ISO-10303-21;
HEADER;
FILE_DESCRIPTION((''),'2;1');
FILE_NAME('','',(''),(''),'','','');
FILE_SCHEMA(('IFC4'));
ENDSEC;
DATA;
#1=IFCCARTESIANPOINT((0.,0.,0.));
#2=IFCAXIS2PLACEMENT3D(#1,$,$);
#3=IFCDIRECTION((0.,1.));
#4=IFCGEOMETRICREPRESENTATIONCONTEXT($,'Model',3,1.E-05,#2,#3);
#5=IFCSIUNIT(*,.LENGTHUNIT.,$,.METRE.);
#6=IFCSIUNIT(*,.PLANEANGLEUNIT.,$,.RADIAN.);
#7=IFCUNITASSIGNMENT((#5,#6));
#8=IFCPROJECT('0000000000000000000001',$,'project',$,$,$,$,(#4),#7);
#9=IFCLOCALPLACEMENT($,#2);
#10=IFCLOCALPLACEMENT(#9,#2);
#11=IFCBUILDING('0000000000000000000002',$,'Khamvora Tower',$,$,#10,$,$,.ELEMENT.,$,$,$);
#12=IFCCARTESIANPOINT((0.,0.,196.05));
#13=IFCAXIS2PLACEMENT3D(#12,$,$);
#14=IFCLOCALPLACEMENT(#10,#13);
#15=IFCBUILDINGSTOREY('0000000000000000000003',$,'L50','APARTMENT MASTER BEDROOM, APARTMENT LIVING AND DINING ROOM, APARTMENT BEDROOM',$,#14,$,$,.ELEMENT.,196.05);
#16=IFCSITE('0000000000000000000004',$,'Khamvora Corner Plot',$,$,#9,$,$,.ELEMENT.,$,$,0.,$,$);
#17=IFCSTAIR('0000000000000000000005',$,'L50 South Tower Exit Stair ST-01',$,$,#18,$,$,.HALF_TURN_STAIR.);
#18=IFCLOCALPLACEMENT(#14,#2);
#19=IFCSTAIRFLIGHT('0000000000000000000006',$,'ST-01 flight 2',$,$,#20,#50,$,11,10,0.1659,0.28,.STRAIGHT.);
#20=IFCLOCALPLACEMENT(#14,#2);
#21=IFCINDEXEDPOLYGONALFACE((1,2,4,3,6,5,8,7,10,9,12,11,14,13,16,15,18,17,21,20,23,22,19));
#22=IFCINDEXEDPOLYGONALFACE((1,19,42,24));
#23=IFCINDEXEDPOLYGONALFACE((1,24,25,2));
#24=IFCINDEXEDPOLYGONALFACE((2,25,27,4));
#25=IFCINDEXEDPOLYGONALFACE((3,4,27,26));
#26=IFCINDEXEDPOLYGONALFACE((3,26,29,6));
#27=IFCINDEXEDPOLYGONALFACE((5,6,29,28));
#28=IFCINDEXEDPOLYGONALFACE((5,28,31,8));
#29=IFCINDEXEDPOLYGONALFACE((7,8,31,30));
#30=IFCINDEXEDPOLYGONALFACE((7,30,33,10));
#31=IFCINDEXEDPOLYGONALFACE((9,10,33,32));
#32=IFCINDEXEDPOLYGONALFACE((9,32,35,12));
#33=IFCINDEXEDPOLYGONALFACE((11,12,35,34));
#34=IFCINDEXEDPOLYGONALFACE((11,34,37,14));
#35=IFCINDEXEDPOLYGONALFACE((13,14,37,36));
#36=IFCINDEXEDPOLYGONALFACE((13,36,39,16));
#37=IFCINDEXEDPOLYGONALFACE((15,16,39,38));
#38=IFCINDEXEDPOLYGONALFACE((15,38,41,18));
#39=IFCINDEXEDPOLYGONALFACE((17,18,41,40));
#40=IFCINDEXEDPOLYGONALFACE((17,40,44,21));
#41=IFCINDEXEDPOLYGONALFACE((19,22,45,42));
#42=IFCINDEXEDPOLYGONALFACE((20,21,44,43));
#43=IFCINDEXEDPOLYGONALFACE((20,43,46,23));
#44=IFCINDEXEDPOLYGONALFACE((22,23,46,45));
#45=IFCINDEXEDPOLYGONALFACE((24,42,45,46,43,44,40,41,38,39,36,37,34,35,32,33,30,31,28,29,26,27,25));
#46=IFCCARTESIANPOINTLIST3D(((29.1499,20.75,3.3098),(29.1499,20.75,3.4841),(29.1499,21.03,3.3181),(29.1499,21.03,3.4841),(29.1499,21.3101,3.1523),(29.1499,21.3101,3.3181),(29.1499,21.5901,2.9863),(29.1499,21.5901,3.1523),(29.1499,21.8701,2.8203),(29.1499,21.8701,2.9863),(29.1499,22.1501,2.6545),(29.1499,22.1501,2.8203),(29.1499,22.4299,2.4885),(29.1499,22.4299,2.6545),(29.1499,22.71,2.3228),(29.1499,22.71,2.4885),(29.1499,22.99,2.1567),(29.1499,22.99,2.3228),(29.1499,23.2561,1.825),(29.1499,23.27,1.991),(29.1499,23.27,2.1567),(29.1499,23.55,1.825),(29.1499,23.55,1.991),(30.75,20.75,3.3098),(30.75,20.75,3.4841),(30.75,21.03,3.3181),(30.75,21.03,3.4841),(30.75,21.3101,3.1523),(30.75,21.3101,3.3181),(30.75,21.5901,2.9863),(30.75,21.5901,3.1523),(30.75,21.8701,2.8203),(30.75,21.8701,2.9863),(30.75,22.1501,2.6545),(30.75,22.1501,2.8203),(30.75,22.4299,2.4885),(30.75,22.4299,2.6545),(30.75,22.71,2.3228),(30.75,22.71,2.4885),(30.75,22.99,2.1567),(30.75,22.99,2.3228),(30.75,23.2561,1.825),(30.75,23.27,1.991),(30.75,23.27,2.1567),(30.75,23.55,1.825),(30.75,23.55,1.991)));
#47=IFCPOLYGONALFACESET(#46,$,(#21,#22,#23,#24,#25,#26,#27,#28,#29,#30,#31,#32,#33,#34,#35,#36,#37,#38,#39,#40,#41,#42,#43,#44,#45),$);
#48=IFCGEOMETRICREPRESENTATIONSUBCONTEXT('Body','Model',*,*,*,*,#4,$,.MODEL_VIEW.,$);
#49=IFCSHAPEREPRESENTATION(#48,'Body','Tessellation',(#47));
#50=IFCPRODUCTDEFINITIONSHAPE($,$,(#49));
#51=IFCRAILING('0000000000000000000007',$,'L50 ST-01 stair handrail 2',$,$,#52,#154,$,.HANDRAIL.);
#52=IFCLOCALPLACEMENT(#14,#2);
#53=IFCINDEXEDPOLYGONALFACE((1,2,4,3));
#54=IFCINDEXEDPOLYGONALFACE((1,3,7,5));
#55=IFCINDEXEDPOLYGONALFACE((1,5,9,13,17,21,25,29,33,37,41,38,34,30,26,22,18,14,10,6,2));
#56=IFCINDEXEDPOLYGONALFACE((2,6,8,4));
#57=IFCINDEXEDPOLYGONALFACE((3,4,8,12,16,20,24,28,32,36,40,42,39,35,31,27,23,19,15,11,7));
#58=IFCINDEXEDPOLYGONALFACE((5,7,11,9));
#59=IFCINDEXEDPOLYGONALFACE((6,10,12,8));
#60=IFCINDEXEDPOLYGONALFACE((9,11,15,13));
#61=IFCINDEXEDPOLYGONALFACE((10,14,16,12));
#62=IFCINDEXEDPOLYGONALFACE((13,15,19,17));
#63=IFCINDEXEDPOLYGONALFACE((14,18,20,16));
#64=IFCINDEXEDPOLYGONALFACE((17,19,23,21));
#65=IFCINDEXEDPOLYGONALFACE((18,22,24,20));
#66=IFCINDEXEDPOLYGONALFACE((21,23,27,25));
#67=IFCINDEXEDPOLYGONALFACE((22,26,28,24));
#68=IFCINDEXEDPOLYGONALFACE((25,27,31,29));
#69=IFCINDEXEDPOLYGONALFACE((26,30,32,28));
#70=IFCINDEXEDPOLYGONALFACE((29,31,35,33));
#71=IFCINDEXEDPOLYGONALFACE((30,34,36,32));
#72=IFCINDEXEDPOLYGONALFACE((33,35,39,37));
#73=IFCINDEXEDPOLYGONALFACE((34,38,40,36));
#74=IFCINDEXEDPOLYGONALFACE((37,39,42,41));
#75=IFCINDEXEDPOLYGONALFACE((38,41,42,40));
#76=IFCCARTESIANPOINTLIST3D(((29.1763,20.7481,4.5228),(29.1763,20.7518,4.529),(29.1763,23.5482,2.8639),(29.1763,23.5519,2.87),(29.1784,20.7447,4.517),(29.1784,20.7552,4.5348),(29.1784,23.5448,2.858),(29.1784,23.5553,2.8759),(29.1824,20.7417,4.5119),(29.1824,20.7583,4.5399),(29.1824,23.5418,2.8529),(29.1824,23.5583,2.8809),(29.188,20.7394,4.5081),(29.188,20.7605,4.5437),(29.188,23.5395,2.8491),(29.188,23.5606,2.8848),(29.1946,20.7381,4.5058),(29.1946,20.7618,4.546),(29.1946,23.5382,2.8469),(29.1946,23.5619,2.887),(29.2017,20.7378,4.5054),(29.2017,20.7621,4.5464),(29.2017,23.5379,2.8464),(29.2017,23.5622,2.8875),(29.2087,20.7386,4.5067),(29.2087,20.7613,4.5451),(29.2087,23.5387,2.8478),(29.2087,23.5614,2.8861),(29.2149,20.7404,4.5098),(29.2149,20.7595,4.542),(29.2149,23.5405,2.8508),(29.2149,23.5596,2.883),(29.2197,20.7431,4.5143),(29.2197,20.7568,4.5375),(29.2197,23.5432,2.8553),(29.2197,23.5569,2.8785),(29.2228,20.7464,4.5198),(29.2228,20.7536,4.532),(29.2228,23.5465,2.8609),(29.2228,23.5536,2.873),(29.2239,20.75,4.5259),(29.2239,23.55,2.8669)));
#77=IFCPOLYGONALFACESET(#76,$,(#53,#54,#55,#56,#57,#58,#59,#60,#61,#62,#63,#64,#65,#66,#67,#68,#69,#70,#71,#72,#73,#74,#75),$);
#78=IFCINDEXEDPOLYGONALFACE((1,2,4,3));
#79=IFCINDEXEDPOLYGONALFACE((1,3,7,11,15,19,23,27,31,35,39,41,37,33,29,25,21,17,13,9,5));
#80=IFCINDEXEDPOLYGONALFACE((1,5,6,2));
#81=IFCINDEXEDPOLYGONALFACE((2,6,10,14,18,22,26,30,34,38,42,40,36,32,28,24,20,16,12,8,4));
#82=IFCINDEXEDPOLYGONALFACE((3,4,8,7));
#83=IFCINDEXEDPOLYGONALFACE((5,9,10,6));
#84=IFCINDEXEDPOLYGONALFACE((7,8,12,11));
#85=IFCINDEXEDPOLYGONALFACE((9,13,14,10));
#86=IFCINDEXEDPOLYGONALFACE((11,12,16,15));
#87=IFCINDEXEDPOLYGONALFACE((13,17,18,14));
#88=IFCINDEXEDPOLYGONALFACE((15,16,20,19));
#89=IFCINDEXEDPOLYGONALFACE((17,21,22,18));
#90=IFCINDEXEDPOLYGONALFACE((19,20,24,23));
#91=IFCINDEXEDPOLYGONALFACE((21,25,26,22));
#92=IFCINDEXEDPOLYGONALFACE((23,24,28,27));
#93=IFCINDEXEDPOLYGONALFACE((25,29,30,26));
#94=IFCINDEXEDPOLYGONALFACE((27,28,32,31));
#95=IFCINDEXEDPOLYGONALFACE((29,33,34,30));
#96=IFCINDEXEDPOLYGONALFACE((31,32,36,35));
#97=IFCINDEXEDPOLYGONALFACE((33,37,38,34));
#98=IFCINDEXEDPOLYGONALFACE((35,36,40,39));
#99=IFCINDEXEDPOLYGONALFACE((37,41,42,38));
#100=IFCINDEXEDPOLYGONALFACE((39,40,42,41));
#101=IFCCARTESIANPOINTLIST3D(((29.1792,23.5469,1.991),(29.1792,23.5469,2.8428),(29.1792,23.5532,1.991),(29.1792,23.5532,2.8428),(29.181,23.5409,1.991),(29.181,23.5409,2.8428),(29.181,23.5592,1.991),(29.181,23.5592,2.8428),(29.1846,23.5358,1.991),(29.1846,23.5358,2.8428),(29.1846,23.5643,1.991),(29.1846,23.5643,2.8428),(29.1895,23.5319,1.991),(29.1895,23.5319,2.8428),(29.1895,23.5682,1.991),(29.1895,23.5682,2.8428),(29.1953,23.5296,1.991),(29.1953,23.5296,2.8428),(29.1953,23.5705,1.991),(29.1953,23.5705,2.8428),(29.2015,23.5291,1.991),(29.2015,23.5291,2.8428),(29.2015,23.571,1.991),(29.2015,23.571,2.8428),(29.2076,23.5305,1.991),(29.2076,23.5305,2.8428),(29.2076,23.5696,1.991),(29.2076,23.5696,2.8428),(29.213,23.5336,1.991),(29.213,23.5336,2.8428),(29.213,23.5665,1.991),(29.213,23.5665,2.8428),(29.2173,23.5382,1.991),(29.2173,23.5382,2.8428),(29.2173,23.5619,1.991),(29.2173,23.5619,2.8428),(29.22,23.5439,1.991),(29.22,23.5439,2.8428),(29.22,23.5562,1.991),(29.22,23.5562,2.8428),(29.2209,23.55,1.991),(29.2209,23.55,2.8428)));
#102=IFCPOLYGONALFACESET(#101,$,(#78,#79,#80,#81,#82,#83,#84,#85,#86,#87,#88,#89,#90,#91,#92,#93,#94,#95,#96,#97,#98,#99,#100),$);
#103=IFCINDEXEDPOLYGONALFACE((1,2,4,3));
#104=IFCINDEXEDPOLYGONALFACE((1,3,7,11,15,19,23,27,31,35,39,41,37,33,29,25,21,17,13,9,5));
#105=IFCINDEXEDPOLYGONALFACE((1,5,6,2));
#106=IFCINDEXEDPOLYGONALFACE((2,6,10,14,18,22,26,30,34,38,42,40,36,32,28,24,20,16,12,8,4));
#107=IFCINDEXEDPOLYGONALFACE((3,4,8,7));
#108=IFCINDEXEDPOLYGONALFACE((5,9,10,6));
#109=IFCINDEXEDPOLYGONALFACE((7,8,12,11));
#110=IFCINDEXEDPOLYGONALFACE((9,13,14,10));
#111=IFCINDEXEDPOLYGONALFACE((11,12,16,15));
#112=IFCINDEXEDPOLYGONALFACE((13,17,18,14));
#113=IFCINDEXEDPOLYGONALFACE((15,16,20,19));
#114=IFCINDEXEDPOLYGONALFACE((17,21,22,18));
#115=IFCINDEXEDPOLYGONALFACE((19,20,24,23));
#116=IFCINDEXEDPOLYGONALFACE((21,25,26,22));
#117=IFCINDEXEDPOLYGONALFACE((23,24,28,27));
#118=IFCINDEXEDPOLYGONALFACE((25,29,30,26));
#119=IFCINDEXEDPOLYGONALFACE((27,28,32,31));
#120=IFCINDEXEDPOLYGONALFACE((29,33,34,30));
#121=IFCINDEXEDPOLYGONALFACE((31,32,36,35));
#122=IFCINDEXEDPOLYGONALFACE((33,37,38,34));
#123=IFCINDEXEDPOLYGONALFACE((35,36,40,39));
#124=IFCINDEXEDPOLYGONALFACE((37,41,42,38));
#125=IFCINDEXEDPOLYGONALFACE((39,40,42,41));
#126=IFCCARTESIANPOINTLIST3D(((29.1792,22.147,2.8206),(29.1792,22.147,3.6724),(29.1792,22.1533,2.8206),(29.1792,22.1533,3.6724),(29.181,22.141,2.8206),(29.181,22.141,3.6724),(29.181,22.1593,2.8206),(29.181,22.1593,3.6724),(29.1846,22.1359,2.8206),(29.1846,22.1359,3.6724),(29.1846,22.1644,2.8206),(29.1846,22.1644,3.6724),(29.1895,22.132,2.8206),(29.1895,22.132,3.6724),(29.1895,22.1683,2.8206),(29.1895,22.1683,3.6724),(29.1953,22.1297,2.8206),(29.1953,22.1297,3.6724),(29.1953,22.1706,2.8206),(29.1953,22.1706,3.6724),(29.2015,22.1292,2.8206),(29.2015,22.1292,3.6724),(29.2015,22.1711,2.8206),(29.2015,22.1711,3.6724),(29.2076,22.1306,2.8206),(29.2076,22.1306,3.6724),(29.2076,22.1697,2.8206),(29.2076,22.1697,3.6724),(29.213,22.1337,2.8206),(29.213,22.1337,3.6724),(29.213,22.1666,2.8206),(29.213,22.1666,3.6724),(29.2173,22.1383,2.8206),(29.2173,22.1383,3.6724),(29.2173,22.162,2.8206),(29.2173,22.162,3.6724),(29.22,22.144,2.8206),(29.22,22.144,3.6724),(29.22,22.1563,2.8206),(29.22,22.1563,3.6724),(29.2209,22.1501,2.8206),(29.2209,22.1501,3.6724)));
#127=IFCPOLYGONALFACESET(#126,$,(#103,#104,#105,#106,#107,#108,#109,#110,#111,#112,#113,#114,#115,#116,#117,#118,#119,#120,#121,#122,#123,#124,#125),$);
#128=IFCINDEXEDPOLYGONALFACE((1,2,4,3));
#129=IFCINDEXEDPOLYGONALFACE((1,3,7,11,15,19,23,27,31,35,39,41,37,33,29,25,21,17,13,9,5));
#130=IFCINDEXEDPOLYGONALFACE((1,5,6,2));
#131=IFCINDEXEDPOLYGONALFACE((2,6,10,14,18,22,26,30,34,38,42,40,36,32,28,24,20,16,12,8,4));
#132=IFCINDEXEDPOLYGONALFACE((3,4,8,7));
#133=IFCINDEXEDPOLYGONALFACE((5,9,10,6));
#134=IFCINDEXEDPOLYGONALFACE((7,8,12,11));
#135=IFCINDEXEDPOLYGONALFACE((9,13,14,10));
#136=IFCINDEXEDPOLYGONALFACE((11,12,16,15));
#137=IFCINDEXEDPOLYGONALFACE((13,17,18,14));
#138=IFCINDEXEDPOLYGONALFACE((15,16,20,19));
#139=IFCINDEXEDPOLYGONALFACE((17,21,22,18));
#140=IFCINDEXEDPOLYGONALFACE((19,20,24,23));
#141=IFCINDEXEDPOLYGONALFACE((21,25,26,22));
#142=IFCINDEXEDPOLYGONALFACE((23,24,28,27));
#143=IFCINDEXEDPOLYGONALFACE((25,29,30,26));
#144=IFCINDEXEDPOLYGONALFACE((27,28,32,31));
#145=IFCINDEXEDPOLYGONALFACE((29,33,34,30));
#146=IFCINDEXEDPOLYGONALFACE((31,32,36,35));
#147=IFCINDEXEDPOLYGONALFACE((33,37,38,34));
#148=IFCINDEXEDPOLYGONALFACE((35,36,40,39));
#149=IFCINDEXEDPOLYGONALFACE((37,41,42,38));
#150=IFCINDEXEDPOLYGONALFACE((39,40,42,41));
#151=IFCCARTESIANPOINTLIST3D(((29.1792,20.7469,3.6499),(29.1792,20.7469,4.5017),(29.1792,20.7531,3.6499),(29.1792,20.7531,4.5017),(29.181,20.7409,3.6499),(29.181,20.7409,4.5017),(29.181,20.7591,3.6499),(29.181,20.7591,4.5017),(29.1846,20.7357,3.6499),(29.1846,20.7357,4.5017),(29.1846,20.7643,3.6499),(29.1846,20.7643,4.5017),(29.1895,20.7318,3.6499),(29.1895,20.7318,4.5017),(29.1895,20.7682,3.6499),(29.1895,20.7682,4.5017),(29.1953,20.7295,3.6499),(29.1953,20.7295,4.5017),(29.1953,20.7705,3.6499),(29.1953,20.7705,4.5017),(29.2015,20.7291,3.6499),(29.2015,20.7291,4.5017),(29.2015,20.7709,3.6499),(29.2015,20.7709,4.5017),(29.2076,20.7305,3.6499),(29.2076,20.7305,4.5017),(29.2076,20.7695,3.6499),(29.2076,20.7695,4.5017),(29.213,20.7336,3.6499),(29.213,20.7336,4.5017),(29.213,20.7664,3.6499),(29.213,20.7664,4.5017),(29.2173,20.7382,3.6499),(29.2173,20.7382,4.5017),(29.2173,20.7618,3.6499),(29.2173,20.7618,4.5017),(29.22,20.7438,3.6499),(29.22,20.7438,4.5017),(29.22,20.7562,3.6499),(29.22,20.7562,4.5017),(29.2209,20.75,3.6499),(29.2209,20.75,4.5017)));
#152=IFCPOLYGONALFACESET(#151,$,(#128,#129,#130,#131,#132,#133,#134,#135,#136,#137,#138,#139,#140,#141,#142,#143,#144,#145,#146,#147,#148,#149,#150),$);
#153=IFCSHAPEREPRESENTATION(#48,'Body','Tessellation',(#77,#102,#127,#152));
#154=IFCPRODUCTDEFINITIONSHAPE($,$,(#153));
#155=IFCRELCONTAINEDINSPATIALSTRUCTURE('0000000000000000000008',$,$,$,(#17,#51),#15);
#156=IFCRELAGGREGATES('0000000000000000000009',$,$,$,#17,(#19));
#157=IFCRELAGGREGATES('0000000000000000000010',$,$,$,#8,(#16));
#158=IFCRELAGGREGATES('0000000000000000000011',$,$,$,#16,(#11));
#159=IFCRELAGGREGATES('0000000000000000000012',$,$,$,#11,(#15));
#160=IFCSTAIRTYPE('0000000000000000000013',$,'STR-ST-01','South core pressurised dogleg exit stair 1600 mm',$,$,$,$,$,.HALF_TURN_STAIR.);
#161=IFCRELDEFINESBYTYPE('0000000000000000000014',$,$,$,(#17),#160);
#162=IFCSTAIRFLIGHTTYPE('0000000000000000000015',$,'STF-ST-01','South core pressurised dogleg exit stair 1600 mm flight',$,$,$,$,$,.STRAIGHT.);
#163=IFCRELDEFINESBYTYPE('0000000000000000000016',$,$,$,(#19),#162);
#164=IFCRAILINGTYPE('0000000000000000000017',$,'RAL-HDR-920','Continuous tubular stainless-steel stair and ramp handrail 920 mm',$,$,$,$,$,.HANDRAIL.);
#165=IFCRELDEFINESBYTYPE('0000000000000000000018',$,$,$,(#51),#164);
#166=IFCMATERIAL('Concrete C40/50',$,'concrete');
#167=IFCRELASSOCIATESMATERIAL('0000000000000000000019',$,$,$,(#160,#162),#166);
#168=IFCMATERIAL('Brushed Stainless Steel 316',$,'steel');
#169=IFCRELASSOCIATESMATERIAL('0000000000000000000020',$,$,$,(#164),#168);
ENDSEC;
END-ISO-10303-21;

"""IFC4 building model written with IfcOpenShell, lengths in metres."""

from ifc_helpers import new_model, si_unit, direction, frame, origin, origin_2d, place, context, subcontext, project, spatial, polyline, circle, outline, extrude, material, type_object, element, aggregate, save


model = new_model("IFC4")

# Units and contexts
model_context = context("Model", 3, precision=1e-05, world=origin(), true_north=direction((0.0, 1.0)))
body_context = subcontext(model_context, "Body", "Model", "MODEL_VIEW")
ifc_project = project(units=[si_unit("LENGTHUNIT", "METRE"), si_unit("PLANEANGLEUNIT", "RADIAN")], contexts=[model_context])

# Site, building, storey
site_placement = place(None, origin())
site = spatial("IfcSite", under=ifc_project, at=site_placement, Name="Khamvora Corner Plot", CompositionType="ELEMENT", RefElevation=0.0)
building_placement = place(site_placement, origin())
building = spatial("IfcBuilding", under=site, at=building_placement, Name="Khamvora Tower", CompositionType="ELEMENT")
storey_placement = place(building_placement, frame((0.0, 0.0, 196.05)))
storey = spatial("IfcBuildingStorey", under=building, at=storey_placement, Name="L50", Description="APARTMENT MASTER BEDROOM, APARTMENT LIVING AND DINING ROOM, APARTMENT BEDROOM", CompositionType="ELEMENT", Elevation=196.05)

# Stair, stair flight
ifc_material_1 = material(Name="Concrete C40/50", Category="concrete")
stair_type = type_object("IfcStairType", Name="STR-ST-01", Description="South core pressurised dogleg exit stair 1600 mm", PredefinedType="HALF_TURN_STAIR", material=ifc_material_1)
stair_placement = place(storey_placement, origin())
stair = element("IfcStair", 1, at=stair_placement, inside=storey, type_object=stair_type, Name="L50 South Tower Exit Stair ST-01", PredefinedType="HALF_TURN_STAIR")
stair_flight_type = type_object("IfcStairFlightType", Name="STF-ST-01", Description="South core pressurised dogleg exit stair 1600 mm flight", PredefinedType="STRAIGHT", material=ifc_material_1)
stair_flight_placement = place(storey_placement, frame((29.95, 23.55, 1.825), z_axis=(0.0, 0.0, 1.0), x_axis=(0.0, -1.0, 0.0)))
stair_flight = element("IfcStairFlight", 2, at=stair_flight_placement, type_object=stair_flight_type, Name="ST-01 flight 2", NumberOfRisers=11, NumberOfTreads=10, PredefinedType="STRAIGHT", RiserHeight=0.1659, TreadLength=0.28, context=body_context, shape_type="SweptSolid", body=[
    extrude(outline(polyline([(0.0, 0.0), (0.0, 0.166), (0.28, 0.166), (0.28, 0.3318), (0.5601, 0.3318), (0.5601, 0.4978), (0.8401, 0.4978), (0.8401, 0.6636), (1.1201, 0.6636), (1.1201, 0.8296), (1.3999, 0.8296), (1.3999, 0.9954), (1.6799, 0.9954), (1.6799, 1.1614), (1.96, 1.1614), (1.96, 1.3274), (2.24, 1.3274), (2.24, 1.4932), (2.52, 1.4932), (2.52, 1.6592), (2.8, 1.6592), (2.8, 1.825), (2.8, 1.4849), (0.2939, 0.0), (0.0, 0.0)])), frame((0.0, 0.8, 0.0), z_axis=(0.0, -1.0, 0.0), x_axis=(1.0, 0.0, 0.0)), (0.0, 0.0, 1.0), 1.6001),
])
aggregate(stair, [stair_flight])

# Railing
ifc_material_2 = material(Name="Brushed Stainless Steel 316", Category="steel")
railing_type_1 = type_object("IfcRailingType", Name="RAL-HDR-920", Description="Continuous tubular stainless-steel stair and ramp handrail 920 mm", PredefinedType="HANDRAIL", material=ifc_material_2)
railing_1_placement = place(storey_placement, frame((29.2, 23.55, 1.991)))
element("IfcRailing", 3, at=railing_1_placement, inside=storey, type_object=railing_type_1, Name="L50 ST-01 stair handrail 2", PredefinedType="HANDRAIL", context=body_context, shape_type="SweptSolid", body=[
    extrude(circle(Radius=0.0239, at=origin_2d()), frame((0.0, 0.0, 0.876), z_axis=(0.0, -0.860339, 0.509722), x_axis=(1.0, 0.0, 0.0)), (0.0, 0.0, 1.0), 3.2546),
    extrude(circle(Radius=0.021, at=origin_2d()), origin(), (0.0, 0.0, 1.0), 0.8518),
    extrude(circle(Radius=0.021, at=origin_2d()), frame((0.0, -1.3999, 0.8296)), (0.0, 0.0, 1.0), 0.8518),
    extrude(circle(Radius=0.021, at=origin_2d()), frame((0.0, -2.8, 1.6589)), (0.0, 0.0, 1.0), 0.8518),
])

save(model, "model.ifc")
